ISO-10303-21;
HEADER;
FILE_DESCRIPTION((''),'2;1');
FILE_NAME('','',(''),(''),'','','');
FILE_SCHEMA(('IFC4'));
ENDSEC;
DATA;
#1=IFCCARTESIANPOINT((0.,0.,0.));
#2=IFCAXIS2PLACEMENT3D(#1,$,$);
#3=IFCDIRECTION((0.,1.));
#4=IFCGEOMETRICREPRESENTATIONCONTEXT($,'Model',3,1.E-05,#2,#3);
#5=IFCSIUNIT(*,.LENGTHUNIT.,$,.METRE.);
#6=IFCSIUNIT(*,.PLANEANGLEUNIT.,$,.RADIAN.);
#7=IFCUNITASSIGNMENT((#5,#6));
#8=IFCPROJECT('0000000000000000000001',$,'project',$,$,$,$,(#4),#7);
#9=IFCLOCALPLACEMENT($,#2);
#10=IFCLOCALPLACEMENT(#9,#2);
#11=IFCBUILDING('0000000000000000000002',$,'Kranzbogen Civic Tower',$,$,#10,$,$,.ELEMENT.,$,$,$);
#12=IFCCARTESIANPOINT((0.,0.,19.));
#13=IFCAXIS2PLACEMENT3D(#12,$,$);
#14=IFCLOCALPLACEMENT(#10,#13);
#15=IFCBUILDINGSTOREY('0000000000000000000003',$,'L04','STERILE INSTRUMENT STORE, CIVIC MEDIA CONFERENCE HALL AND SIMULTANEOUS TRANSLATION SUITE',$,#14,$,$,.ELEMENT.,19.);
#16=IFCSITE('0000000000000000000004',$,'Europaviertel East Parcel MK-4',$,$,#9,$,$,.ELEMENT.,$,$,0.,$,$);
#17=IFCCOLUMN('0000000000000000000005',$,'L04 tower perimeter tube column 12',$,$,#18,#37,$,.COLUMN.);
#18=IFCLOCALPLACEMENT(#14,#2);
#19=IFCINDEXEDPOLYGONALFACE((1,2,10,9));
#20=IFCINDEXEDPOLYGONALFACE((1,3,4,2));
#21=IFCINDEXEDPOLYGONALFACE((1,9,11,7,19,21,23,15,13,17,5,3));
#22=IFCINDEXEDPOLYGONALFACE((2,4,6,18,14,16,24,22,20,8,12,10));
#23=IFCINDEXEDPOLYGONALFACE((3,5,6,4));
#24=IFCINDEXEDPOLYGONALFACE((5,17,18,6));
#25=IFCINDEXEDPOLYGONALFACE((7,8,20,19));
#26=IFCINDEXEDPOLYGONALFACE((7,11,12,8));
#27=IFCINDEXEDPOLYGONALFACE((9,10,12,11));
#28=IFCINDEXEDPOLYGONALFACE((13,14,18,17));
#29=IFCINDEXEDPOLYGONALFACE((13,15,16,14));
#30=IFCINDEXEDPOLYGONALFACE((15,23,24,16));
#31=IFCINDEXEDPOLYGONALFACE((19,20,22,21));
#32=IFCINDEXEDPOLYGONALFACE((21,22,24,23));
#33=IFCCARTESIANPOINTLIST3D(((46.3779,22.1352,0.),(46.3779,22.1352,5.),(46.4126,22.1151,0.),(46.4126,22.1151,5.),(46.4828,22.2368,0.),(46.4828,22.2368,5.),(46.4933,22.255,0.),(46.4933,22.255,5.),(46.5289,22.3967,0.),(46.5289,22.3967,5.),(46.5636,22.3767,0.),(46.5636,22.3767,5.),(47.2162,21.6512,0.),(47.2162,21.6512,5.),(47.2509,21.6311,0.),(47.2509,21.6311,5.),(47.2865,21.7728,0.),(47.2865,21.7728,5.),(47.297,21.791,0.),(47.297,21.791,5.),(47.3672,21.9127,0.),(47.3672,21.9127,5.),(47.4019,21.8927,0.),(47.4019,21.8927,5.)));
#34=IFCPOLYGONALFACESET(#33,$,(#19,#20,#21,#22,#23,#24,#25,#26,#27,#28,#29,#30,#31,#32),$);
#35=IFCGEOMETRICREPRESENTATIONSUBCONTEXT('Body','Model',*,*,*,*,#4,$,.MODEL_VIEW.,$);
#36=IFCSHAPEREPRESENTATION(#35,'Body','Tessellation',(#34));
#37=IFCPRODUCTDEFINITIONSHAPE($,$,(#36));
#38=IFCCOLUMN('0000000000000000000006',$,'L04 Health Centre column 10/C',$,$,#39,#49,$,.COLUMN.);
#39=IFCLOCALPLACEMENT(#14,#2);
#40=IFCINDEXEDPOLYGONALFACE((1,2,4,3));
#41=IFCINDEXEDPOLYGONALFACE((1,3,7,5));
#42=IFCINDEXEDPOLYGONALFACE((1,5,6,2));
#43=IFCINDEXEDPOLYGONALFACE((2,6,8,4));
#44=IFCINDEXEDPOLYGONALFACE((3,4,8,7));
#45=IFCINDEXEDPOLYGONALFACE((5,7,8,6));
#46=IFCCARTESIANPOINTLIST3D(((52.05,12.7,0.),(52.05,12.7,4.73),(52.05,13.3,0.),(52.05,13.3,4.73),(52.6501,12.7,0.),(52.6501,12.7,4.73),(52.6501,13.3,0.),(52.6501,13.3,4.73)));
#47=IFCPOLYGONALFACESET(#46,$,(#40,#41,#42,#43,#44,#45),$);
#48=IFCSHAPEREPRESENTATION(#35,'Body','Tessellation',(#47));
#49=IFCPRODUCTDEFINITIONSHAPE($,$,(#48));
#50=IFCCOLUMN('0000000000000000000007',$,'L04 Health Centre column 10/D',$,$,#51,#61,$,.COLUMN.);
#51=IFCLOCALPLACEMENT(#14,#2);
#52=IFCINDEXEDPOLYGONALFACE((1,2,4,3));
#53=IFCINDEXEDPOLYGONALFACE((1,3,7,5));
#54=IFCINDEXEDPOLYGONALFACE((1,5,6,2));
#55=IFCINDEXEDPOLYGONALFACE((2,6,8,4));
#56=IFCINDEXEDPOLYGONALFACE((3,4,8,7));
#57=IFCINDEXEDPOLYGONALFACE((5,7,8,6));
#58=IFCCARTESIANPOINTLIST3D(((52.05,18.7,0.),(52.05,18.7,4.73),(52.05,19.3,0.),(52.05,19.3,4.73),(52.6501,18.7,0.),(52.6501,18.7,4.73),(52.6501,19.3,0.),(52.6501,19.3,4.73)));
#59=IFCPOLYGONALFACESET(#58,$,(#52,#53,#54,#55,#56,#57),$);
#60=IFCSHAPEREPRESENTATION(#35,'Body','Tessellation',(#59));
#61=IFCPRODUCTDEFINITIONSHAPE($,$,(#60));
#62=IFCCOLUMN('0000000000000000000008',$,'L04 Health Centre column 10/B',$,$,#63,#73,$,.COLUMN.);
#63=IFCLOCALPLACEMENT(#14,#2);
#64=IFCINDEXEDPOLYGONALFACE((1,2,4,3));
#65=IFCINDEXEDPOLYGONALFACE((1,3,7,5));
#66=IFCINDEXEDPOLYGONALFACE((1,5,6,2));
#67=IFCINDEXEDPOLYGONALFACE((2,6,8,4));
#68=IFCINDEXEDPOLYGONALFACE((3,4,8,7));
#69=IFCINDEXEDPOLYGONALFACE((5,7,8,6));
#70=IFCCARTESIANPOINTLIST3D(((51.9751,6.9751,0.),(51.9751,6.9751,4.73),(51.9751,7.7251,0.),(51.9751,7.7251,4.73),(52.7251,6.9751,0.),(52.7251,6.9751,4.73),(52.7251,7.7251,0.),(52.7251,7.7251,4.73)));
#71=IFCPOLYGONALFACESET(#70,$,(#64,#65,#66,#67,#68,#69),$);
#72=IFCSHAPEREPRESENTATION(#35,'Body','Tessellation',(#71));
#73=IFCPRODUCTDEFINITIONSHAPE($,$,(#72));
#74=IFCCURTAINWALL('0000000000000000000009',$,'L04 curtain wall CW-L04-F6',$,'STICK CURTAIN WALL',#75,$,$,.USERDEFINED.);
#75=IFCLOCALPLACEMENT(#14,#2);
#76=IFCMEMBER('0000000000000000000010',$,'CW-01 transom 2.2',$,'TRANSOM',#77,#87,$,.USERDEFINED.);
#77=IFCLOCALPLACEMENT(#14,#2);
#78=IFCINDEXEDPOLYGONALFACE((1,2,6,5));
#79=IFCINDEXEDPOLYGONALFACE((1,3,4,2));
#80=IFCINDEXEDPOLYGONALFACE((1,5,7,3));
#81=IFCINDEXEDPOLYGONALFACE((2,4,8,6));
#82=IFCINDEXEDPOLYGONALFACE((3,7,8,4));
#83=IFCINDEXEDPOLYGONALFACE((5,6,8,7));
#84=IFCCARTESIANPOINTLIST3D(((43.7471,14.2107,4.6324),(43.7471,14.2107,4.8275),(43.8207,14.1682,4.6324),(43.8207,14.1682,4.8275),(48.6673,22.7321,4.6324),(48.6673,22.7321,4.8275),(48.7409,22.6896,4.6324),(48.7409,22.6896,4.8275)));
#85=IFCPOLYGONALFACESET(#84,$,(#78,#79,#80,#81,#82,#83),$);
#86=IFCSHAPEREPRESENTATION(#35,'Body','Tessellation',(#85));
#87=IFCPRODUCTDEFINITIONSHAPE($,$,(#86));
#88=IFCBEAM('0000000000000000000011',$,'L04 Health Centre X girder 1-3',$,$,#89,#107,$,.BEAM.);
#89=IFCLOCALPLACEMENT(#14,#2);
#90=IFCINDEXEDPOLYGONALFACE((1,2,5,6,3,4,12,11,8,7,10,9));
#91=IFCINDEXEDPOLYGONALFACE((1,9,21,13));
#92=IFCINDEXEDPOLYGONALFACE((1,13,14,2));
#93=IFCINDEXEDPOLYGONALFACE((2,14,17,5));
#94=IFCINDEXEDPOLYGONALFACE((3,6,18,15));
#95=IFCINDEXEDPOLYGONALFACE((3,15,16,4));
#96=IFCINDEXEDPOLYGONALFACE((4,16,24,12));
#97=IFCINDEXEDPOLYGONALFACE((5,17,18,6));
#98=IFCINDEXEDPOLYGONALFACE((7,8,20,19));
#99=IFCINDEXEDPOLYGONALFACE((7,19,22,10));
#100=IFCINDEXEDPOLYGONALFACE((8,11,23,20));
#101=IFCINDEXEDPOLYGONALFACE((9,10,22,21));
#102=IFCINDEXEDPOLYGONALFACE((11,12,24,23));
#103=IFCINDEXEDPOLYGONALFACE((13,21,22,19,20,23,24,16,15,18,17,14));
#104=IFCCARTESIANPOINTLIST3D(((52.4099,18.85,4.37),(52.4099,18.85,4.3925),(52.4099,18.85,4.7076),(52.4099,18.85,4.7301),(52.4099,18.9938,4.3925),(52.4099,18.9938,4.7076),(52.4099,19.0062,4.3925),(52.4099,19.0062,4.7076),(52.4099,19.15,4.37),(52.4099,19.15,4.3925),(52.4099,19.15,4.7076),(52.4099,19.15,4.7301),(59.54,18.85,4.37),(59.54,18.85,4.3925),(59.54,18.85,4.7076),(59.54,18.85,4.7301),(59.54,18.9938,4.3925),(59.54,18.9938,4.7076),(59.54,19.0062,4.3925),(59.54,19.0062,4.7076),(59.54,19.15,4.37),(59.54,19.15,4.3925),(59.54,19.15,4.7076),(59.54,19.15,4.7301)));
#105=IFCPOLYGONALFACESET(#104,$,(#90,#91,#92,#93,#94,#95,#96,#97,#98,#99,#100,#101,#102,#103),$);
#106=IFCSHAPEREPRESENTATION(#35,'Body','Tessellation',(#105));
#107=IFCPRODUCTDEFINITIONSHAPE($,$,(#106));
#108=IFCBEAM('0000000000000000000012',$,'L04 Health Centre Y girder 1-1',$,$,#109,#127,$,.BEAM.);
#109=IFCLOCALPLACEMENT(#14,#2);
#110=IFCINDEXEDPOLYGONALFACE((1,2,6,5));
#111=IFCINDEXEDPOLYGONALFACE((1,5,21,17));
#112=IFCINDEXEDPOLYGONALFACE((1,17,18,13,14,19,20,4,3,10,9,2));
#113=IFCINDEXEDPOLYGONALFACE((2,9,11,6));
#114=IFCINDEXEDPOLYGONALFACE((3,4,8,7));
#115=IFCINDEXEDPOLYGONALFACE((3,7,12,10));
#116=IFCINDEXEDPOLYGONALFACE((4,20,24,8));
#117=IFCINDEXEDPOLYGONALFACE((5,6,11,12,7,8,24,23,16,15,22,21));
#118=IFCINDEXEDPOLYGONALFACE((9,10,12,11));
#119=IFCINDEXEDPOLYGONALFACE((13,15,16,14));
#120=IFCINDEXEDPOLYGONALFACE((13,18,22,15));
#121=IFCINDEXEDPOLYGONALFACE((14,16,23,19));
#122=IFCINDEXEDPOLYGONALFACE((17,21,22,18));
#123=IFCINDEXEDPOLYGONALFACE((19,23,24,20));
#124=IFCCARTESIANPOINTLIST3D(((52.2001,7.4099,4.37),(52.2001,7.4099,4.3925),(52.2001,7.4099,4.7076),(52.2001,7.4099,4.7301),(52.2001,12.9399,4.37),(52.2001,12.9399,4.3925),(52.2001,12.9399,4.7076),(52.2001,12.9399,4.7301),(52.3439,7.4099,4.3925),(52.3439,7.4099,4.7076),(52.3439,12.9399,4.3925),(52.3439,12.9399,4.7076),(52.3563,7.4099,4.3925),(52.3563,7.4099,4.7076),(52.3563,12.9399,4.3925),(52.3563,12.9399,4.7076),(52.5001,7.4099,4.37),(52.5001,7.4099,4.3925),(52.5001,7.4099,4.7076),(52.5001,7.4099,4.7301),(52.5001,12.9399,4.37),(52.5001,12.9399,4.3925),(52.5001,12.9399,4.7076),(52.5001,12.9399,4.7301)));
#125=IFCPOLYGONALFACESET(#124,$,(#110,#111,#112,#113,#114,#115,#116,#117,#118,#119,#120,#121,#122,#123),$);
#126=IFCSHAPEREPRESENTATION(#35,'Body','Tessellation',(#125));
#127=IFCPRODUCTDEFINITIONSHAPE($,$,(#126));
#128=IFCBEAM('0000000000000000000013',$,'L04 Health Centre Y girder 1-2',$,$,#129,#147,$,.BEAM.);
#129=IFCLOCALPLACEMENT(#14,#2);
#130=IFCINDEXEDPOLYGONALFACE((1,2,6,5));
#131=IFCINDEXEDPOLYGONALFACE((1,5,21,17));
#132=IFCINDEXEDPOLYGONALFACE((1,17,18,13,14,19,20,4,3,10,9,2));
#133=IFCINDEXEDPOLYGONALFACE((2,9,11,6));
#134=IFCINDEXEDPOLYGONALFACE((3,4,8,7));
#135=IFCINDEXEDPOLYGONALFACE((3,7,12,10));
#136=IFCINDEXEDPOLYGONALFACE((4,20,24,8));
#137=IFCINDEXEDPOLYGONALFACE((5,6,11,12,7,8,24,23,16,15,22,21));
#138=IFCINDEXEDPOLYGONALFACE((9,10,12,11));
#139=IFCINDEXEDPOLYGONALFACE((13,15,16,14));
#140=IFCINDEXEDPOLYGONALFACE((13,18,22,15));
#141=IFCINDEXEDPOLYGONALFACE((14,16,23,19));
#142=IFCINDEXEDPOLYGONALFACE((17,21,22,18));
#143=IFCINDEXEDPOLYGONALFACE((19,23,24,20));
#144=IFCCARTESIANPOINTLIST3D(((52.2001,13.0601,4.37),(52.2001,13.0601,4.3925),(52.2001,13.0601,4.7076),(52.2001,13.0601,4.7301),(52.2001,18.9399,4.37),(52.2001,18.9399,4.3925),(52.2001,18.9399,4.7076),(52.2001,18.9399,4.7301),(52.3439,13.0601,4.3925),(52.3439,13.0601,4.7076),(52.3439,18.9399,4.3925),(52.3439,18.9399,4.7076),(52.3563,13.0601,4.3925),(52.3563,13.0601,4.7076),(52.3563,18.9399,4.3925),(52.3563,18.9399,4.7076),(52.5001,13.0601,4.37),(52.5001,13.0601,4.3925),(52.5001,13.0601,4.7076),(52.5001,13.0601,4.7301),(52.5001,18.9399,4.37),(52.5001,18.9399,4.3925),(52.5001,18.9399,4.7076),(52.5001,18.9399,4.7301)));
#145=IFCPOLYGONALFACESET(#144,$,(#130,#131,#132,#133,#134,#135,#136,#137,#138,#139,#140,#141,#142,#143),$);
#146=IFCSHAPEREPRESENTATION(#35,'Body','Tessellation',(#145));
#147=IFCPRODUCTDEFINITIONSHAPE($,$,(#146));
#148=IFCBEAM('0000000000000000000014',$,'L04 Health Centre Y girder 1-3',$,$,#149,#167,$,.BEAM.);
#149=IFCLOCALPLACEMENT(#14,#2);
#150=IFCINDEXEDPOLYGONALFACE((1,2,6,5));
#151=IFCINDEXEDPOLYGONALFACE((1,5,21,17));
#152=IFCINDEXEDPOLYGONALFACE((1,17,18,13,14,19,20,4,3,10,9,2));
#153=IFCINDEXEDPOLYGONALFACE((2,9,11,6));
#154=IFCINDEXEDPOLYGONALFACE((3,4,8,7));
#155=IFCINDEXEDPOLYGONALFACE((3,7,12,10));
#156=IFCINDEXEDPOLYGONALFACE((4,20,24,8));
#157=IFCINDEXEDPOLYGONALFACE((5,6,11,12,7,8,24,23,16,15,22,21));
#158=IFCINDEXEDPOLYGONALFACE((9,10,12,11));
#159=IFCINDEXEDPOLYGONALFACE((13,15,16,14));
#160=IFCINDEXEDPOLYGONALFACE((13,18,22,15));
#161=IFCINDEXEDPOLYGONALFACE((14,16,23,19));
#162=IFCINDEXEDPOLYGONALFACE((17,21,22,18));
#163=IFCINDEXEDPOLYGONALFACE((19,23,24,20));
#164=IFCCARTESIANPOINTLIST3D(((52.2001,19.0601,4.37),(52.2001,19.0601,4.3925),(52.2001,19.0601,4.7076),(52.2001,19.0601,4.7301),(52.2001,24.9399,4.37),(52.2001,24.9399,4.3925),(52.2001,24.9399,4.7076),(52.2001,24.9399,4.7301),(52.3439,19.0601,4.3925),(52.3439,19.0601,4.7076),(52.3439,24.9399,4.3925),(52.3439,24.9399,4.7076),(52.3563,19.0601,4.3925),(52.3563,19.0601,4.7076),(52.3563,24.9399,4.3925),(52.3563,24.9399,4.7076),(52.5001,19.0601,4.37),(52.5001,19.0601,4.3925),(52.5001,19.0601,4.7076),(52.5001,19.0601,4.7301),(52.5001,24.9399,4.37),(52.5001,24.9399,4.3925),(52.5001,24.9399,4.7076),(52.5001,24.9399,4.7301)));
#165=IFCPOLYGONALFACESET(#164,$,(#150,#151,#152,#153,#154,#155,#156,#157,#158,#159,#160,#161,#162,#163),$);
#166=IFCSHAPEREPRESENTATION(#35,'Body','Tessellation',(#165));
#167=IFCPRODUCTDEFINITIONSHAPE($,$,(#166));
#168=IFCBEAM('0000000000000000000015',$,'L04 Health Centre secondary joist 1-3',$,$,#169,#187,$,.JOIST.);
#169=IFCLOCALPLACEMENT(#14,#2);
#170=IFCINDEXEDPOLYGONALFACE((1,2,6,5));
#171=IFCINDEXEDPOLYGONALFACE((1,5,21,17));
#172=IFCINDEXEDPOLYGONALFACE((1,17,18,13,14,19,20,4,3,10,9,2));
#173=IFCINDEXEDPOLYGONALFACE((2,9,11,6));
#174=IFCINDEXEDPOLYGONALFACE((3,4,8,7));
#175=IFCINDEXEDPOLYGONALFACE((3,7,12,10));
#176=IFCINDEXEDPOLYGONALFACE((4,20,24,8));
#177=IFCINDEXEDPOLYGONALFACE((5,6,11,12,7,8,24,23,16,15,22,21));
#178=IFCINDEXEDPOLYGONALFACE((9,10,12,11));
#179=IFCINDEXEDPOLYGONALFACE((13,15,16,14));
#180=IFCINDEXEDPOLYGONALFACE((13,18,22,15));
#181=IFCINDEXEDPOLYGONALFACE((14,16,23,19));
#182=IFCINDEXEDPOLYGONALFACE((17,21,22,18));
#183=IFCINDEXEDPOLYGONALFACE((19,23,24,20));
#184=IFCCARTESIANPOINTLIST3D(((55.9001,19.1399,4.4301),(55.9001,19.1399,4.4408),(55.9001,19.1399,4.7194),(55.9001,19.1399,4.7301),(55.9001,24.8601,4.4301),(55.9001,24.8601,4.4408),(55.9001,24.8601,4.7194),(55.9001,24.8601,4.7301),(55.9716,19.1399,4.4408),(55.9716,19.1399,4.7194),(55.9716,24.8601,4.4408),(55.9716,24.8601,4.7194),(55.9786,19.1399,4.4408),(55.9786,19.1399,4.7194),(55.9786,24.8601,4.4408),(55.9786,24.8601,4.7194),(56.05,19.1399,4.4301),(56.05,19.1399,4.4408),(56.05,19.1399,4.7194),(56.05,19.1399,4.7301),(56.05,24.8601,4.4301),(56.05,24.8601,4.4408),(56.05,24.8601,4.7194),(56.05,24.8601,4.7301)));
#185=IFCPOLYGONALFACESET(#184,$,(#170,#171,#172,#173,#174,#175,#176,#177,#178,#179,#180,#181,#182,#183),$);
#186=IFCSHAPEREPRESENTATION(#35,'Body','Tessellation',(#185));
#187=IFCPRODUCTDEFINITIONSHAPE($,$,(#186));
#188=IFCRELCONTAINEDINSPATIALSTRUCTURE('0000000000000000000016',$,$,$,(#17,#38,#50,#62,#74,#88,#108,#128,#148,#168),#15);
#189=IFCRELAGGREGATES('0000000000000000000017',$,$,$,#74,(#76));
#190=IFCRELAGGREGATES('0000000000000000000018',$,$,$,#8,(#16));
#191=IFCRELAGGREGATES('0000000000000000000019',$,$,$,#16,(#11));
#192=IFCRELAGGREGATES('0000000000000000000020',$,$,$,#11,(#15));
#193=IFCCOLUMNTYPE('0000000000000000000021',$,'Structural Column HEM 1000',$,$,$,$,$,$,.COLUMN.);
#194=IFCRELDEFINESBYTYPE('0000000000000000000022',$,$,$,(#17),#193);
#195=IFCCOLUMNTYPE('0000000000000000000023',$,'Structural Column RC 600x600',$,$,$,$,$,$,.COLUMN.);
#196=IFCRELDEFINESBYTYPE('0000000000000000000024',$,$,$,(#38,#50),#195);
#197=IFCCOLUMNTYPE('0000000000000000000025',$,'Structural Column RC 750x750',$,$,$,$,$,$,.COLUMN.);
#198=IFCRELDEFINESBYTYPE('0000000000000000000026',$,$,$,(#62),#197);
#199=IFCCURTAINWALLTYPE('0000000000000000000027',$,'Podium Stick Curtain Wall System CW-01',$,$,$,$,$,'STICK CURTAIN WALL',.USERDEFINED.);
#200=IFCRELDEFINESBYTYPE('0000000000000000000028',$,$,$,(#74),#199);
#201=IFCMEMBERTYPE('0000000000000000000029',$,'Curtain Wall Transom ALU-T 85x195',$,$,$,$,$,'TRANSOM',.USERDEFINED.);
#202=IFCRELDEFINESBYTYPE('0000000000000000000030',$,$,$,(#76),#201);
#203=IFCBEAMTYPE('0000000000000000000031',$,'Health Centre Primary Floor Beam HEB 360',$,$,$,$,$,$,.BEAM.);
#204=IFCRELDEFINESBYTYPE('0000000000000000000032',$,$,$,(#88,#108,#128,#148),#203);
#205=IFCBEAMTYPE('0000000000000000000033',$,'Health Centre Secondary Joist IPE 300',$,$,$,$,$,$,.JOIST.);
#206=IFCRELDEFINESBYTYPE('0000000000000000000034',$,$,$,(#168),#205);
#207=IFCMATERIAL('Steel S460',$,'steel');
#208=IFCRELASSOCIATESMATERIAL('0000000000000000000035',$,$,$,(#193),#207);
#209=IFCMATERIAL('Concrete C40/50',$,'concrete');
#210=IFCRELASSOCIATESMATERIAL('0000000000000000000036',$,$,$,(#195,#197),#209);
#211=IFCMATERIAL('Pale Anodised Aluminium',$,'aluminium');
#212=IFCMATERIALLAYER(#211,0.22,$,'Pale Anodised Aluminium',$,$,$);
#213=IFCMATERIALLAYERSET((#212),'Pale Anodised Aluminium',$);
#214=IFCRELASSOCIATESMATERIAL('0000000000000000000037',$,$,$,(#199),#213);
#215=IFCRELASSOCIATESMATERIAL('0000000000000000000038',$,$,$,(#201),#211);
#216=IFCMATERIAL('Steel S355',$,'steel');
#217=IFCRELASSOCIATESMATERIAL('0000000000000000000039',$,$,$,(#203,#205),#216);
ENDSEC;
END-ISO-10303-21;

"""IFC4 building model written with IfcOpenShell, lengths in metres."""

from ifc_helpers import new_model, si_unit, direction, frame, origin, origin_2d, place, context, subcontext, project, spatial, rectangle, i_section, extrude, material, layer, layer_set, material_profile, profile_set, type_object, element, aggregate, save


model = new_model("IFC4")

# Units and contexts
model_context = context("Model", 3, precision=1e-05, world=origin(), true_north=direction((0.0, 1.0)))
body_context = subcontext(model_context, "Body", "Model", "MODEL_VIEW")
ifc_project = project(units=[si_unit("LENGTHUNIT", "METRE"), si_unit("PLANEANGLEUNIT", "RADIAN")], contexts=[model_context])

# Site, building, storey
site_placement = place(None, origin())
site = spatial("IfcSite", under=ifc_project, at=site_placement, Name="Europaviertel East Parcel MK-4", CompositionType="ELEMENT", RefElevation=0.0)
building_placement = place(site_placement, origin())
building = spatial("IfcBuilding", under=site, at=building_placement, Name="Kranzbogen Civic Tower", CompositionType="ELEMENT")
storey_placement = place(building_placement, frame((0.0, 0.0, 19.0)))
storey = spatial("IfcBuildingStorey", under=building, at=storey_placement, Name="L04", Description="STERILE INSTRUMENT STORE, CIVIC MEDIA CONFERENCE HALL AND SIMULTANEOUS TRANSLATION SUITE", CompositionType="ELEMENT", Elevation=19.0)

# Columns
ifc_material_1 = material(Name="Steel S460", Category="steel")
ifc_material_profile_1 = material_profile(ifc_material_1, i_section(OverallWidth=0.302, OverallDepth=1.0081, WebThickness=0.021, FlangeThickness=0.04, at=origin_2d()), Name="HEM 1000")
ifc_profile_set_1 = profile_set([ifc_material_profile_1], Name="Steel S460")
column_type_1 = type_object("IfcColumnType", Name="Structural Column HEM 1000", PredefinedType="COLUMN", material=ifc_profile_set_1)
column_1_placement = place(storey_placement, frame((46.8899, 22.0139, 0.0), z_axis=(0.0, 0.0, 1.0), x_axis=(0.5, 0.866025, 0.0)))
element("IfcColumn", 1, at=column_1_placement, inside=storey, type_object=column_type_1, Name="L04 tower perimeter tube column 12", PredefinedType="COLUMN", context=body_context, shape_type="SweptSolid", body=[
    extrude(i_section(OverallWidth=0.302, OverallDepth=1.0081, WebThickness=0.021, FlangeThickness=0.04, at=origin_2d()), origin(), (0.0, 0.0, 1.0), 5.0),
])
ifc_material_2 = material(Name="Concrete C40/50", Category="concrete")
ifc_material_profile_2 = material_profile(ifc_material_2, rectangle(XDim=0.6001, YDim=0.6001, at=origin_2d()), Name="RC 600x600")
ifc_profile_set_2 = profile_set([ifc_material_profile_2], Name="Concrete C40/50")
column_type_2 = type_object("IfcColumnType", Name="Structural Column RC 600x600", PredefinedType="COLUMN", material=ifc_profile_set_2)
for number, where, z_axis, x_axis, name in (
    (2, (52.3501, 13.0, 0.0), (0.0, 0.0, 1.0), (1.0, 0.0, 0.0), "L04 Health Centre column 10/C"),
    (3, (52.3501, 19.0, 0.0), (0.0, 0.0, 1.0), (1.0, 0.0, 0.0), "L04 Health Centre column 10/D"),
):
    element("IfcColumn", number, at=place(storey_placement, frame(where, z_axis=z_axis, x_axis=x_axis)), inside=storey, type_object=column_type_2, Name=name, PredefinedType="COLUMN", context=body_context, shape_type="SweptSolid", body=[
        extrude(rectangle(XDim=0.6001, YDim=0.6001, at=origin_2d()), origin(), (0.0, 0.0, 1.0), 4.73),
    ])
ifc_material_profile_3 = material_profile(ifc_material_2, rectangle(XDim=0.75, YDim=0.75, at=origin_2d()), Name="RC 750x750")
ifc_profile_set_3 = profile_set([ifc_material_profile_3], Name="Concrete C40/50")
column_type_3 = type_object("IfcColumnType", Name="Structural Column RC 750x750", PredefinedType="COLUMN", material=ifc_profile_set_3)
column_2_placement = place(storey_placement, frame((52.3501, 7.3501, 0.0), z_axis=(0.0, 0.0, 1.0), x_axis=(1.0, 0.0, 0.0)))
element("IfcColumn", 4, at=column_2_placement, inside=storey, type_object=column_type_3, Name="L04 Health Centre column 10/B", PredefinedType="COLUMN", context=body_context, shape_type="SweptSolid", body=[
    extrude(rectangle(XDim=0.75, YDim=0.75, at=origin_2d()), origin(), (0.0, 0.0, 1.0), 4.73),
])

# Curtain wall, member
ifc_material_3 = material(Name="Pale Anodised Aluminium", Category="aluminium")
ifc_layer_1 = layer(ifc_material_3, 0.22, Name="Pale Anodised Aluminium")
ifc_layer_set_1 = layer_set([ifc_layer_1], Name="Pale Anodised Aluminium")
curtain_wall_type = type_object("IfcCurtainWallType", Name="Podium Stick Curtain Wall System CW-01", ElementType="STICK CURTAIN WALL", PredefinedType="USERDEFINED", material=ifc_layer_set_1)
curtain_wall_placement = place(storey_placement, origin())
curtain_wall = element("IfcCurtainWall", 5, at=curtain_wall_placement, inside=storey, type_object=curtain_wall_type, Name="L04 curtain wall CW-L04-F6", ObjectType="STICK CURTAIN WALL", PredefinedType="USERDEFINED")
ifc_material_profile_4 = material_profile(ifc_material_3, rectangle(XDim=0.085, YDim=0.1951, at=origin_2d()), Name="ALU-T 85x195")
ifc_profile_set_4 = profile_set([ifc_material_profile_4], Name="Pale Anodised Aluminium")
member_type = type_object("IfcMemberType", Name="Curtain Wall Transom ALU-T 85x195", ElementType="TRANSOM", PredefinedType="USERDEFINED", material=ifc_profile_set_4)
member_placement = place(storey_placement, frame((43.7839, 14.1895, 4.73), z_axis=(0.500022, 0.866013, 0.0), x_axis=(-0.866013, 0.500022, 0.0)))
member = element("IfcMember", 6, at=member_placement, type_object=member_type, Name="CW-01 transom 2.2", ObjectType="TRANSOM", PredefinedType="USERDEFINED", context=body_context, shape_type="SweptSolid", body=[
    extrude(rectangle(XDim=0.085, YDim=0.1951, at=origin_2d()), origin(), (0.0, 0.0, 1.0), 9.8398),
])

# Beams
ifc_material_4 = material(Name="Steel S355", Category="steel")
ifc_material_profile_5 = material_profile(ifc_material_4, i_section(OverallWidth=0.3, OverallDepth=0.3601, WebThickness=0.0125, FlangeThickness=0.0225, at=origin_2d()), Name="HEB 360")
ifc_profile_set_5 = profile_set([ifc_material_profile_5], Name="Steel S355")
beam_type_1 = type_object("IfcBeamType", Name="Health Centre Primary Floor Beam HEB 360", PredefinedType="BEAM", material=ifc_profile_set_5)
beam_1_placement = place(storey_placement, frame((52.4099, 19.0, 4.55), z_axis=(1.0, 0.0, 0.0), x_axis=(0.0, 1.0, 0.0)))
element("IfcBeam", 7, at=beam_1_placement, inside=storey, type_object=beam_type_1, Name="L04 Health Centre X girder 1-3", PredefinedType="BEAM", context=body_context, shape_type="SweptSolid", body=[
    extrude(i_section(OverallWidth=0.3, OverallDepth=0.3601, WebThickness=0.0125, FlangeThickness=0.0225, at=origin_2d()), origin(), (0.0, 0.0, 1.0), 7.1301),
])
beam_2_placement = place(storey_placement, frame((52.3501, 7.4099, 4.55), z_axis=(0.0, 1.0, 0.0), x_axis=(-1.0, 0.0, 0.0)))
element("IfcBeam", 8, at=beam_2_placement, inside=storey, type_object=beam_type_1, Name="L04 Health Centre Y girder 1-1", PredefinedType="BEAM", context=body_context, shape_type="SweptSolid", body=[
    extrude(i_section(OverallWidth=0.3, OverallDepth=0.3601, WebThickness=0.0125, FlangeThickness=0.0225, at=origin_2d()), origin(), (0.0, 0.0, 1.0), 5.53),
])
for number, where, z_axis, x_axis, name in (
    (9, (52.3501, 13.0601, 4.55), (0.0, 1.0, 0.0), (-1.0, 0.0, 0.0), "L04 Health Centre Y girder 1-2"),
    (10, (52.3501, 19.0601, 4.55), (0.0, 1.0, 0.0), (-1.0, 0.0, 0.0), "L04 Health Centre Y girder 1-3"),
):
    element("IfcBeam", number, at=place(storey_placement, frame(where, z_axis=z_axis, x_axis=x_axis)), inside=storey, type_object=beam_type_1, Name=name, PredefinedType="BEAM", context=body_context, shape_type="SweptSolid", body=[
        extrude(i_section(OverallWidth=0.3, OverallDepth=0.3601, WebThickness=0.0125, FlangeThickness=0.0225, at=origin_2d()), origin(), (0.0, 0.0, 1.0), 5.8799),
    ])
ifc_material_profile_6 = material_profile(ifc_material_4, i_section(OverallWidth=0.1499, OverallDepth=0.3, WebThickness=0.0071, FlangeThickness=0.0107, at=origin_2d()), Name="IPE 300")
ifc_profile_set_6 = profile_set([ifc_material_profile_6], Name="Steel S355")
beam_type_2 = type_object("IfcBeamType", Name="Health Centre Secondary Joist IPE 300", PredefinedType="JOIST", material=ifc_profile_set_6)
beam_3_placement = place(storey_placement, frame((55.9751, 19.1399, 4.5801), z_axis=(0.0, 1.0, 0.0), x_axis=(-1.0, 0.0, 0.0)))
element("IfcBeam", 11, at=beam_3_placement, inside=storey, type_object=beam_type_2, Name="L04 Health Centre secondary joist 1-3", PredefinedType="JOIST", context=body_context, shape_type="SweptSolid", body=[
    extrude(i_section(OverallWidth=0.1499, OverallDepth=0.3, WebThickness=0.0071, FlangeThickness=0.0107, at=origin_2d()), origin(), (0.0, 0.0, 1.0), 5.7202),
])

aggregate(curtain_wall, [member])

save(model, "model.ifc")
